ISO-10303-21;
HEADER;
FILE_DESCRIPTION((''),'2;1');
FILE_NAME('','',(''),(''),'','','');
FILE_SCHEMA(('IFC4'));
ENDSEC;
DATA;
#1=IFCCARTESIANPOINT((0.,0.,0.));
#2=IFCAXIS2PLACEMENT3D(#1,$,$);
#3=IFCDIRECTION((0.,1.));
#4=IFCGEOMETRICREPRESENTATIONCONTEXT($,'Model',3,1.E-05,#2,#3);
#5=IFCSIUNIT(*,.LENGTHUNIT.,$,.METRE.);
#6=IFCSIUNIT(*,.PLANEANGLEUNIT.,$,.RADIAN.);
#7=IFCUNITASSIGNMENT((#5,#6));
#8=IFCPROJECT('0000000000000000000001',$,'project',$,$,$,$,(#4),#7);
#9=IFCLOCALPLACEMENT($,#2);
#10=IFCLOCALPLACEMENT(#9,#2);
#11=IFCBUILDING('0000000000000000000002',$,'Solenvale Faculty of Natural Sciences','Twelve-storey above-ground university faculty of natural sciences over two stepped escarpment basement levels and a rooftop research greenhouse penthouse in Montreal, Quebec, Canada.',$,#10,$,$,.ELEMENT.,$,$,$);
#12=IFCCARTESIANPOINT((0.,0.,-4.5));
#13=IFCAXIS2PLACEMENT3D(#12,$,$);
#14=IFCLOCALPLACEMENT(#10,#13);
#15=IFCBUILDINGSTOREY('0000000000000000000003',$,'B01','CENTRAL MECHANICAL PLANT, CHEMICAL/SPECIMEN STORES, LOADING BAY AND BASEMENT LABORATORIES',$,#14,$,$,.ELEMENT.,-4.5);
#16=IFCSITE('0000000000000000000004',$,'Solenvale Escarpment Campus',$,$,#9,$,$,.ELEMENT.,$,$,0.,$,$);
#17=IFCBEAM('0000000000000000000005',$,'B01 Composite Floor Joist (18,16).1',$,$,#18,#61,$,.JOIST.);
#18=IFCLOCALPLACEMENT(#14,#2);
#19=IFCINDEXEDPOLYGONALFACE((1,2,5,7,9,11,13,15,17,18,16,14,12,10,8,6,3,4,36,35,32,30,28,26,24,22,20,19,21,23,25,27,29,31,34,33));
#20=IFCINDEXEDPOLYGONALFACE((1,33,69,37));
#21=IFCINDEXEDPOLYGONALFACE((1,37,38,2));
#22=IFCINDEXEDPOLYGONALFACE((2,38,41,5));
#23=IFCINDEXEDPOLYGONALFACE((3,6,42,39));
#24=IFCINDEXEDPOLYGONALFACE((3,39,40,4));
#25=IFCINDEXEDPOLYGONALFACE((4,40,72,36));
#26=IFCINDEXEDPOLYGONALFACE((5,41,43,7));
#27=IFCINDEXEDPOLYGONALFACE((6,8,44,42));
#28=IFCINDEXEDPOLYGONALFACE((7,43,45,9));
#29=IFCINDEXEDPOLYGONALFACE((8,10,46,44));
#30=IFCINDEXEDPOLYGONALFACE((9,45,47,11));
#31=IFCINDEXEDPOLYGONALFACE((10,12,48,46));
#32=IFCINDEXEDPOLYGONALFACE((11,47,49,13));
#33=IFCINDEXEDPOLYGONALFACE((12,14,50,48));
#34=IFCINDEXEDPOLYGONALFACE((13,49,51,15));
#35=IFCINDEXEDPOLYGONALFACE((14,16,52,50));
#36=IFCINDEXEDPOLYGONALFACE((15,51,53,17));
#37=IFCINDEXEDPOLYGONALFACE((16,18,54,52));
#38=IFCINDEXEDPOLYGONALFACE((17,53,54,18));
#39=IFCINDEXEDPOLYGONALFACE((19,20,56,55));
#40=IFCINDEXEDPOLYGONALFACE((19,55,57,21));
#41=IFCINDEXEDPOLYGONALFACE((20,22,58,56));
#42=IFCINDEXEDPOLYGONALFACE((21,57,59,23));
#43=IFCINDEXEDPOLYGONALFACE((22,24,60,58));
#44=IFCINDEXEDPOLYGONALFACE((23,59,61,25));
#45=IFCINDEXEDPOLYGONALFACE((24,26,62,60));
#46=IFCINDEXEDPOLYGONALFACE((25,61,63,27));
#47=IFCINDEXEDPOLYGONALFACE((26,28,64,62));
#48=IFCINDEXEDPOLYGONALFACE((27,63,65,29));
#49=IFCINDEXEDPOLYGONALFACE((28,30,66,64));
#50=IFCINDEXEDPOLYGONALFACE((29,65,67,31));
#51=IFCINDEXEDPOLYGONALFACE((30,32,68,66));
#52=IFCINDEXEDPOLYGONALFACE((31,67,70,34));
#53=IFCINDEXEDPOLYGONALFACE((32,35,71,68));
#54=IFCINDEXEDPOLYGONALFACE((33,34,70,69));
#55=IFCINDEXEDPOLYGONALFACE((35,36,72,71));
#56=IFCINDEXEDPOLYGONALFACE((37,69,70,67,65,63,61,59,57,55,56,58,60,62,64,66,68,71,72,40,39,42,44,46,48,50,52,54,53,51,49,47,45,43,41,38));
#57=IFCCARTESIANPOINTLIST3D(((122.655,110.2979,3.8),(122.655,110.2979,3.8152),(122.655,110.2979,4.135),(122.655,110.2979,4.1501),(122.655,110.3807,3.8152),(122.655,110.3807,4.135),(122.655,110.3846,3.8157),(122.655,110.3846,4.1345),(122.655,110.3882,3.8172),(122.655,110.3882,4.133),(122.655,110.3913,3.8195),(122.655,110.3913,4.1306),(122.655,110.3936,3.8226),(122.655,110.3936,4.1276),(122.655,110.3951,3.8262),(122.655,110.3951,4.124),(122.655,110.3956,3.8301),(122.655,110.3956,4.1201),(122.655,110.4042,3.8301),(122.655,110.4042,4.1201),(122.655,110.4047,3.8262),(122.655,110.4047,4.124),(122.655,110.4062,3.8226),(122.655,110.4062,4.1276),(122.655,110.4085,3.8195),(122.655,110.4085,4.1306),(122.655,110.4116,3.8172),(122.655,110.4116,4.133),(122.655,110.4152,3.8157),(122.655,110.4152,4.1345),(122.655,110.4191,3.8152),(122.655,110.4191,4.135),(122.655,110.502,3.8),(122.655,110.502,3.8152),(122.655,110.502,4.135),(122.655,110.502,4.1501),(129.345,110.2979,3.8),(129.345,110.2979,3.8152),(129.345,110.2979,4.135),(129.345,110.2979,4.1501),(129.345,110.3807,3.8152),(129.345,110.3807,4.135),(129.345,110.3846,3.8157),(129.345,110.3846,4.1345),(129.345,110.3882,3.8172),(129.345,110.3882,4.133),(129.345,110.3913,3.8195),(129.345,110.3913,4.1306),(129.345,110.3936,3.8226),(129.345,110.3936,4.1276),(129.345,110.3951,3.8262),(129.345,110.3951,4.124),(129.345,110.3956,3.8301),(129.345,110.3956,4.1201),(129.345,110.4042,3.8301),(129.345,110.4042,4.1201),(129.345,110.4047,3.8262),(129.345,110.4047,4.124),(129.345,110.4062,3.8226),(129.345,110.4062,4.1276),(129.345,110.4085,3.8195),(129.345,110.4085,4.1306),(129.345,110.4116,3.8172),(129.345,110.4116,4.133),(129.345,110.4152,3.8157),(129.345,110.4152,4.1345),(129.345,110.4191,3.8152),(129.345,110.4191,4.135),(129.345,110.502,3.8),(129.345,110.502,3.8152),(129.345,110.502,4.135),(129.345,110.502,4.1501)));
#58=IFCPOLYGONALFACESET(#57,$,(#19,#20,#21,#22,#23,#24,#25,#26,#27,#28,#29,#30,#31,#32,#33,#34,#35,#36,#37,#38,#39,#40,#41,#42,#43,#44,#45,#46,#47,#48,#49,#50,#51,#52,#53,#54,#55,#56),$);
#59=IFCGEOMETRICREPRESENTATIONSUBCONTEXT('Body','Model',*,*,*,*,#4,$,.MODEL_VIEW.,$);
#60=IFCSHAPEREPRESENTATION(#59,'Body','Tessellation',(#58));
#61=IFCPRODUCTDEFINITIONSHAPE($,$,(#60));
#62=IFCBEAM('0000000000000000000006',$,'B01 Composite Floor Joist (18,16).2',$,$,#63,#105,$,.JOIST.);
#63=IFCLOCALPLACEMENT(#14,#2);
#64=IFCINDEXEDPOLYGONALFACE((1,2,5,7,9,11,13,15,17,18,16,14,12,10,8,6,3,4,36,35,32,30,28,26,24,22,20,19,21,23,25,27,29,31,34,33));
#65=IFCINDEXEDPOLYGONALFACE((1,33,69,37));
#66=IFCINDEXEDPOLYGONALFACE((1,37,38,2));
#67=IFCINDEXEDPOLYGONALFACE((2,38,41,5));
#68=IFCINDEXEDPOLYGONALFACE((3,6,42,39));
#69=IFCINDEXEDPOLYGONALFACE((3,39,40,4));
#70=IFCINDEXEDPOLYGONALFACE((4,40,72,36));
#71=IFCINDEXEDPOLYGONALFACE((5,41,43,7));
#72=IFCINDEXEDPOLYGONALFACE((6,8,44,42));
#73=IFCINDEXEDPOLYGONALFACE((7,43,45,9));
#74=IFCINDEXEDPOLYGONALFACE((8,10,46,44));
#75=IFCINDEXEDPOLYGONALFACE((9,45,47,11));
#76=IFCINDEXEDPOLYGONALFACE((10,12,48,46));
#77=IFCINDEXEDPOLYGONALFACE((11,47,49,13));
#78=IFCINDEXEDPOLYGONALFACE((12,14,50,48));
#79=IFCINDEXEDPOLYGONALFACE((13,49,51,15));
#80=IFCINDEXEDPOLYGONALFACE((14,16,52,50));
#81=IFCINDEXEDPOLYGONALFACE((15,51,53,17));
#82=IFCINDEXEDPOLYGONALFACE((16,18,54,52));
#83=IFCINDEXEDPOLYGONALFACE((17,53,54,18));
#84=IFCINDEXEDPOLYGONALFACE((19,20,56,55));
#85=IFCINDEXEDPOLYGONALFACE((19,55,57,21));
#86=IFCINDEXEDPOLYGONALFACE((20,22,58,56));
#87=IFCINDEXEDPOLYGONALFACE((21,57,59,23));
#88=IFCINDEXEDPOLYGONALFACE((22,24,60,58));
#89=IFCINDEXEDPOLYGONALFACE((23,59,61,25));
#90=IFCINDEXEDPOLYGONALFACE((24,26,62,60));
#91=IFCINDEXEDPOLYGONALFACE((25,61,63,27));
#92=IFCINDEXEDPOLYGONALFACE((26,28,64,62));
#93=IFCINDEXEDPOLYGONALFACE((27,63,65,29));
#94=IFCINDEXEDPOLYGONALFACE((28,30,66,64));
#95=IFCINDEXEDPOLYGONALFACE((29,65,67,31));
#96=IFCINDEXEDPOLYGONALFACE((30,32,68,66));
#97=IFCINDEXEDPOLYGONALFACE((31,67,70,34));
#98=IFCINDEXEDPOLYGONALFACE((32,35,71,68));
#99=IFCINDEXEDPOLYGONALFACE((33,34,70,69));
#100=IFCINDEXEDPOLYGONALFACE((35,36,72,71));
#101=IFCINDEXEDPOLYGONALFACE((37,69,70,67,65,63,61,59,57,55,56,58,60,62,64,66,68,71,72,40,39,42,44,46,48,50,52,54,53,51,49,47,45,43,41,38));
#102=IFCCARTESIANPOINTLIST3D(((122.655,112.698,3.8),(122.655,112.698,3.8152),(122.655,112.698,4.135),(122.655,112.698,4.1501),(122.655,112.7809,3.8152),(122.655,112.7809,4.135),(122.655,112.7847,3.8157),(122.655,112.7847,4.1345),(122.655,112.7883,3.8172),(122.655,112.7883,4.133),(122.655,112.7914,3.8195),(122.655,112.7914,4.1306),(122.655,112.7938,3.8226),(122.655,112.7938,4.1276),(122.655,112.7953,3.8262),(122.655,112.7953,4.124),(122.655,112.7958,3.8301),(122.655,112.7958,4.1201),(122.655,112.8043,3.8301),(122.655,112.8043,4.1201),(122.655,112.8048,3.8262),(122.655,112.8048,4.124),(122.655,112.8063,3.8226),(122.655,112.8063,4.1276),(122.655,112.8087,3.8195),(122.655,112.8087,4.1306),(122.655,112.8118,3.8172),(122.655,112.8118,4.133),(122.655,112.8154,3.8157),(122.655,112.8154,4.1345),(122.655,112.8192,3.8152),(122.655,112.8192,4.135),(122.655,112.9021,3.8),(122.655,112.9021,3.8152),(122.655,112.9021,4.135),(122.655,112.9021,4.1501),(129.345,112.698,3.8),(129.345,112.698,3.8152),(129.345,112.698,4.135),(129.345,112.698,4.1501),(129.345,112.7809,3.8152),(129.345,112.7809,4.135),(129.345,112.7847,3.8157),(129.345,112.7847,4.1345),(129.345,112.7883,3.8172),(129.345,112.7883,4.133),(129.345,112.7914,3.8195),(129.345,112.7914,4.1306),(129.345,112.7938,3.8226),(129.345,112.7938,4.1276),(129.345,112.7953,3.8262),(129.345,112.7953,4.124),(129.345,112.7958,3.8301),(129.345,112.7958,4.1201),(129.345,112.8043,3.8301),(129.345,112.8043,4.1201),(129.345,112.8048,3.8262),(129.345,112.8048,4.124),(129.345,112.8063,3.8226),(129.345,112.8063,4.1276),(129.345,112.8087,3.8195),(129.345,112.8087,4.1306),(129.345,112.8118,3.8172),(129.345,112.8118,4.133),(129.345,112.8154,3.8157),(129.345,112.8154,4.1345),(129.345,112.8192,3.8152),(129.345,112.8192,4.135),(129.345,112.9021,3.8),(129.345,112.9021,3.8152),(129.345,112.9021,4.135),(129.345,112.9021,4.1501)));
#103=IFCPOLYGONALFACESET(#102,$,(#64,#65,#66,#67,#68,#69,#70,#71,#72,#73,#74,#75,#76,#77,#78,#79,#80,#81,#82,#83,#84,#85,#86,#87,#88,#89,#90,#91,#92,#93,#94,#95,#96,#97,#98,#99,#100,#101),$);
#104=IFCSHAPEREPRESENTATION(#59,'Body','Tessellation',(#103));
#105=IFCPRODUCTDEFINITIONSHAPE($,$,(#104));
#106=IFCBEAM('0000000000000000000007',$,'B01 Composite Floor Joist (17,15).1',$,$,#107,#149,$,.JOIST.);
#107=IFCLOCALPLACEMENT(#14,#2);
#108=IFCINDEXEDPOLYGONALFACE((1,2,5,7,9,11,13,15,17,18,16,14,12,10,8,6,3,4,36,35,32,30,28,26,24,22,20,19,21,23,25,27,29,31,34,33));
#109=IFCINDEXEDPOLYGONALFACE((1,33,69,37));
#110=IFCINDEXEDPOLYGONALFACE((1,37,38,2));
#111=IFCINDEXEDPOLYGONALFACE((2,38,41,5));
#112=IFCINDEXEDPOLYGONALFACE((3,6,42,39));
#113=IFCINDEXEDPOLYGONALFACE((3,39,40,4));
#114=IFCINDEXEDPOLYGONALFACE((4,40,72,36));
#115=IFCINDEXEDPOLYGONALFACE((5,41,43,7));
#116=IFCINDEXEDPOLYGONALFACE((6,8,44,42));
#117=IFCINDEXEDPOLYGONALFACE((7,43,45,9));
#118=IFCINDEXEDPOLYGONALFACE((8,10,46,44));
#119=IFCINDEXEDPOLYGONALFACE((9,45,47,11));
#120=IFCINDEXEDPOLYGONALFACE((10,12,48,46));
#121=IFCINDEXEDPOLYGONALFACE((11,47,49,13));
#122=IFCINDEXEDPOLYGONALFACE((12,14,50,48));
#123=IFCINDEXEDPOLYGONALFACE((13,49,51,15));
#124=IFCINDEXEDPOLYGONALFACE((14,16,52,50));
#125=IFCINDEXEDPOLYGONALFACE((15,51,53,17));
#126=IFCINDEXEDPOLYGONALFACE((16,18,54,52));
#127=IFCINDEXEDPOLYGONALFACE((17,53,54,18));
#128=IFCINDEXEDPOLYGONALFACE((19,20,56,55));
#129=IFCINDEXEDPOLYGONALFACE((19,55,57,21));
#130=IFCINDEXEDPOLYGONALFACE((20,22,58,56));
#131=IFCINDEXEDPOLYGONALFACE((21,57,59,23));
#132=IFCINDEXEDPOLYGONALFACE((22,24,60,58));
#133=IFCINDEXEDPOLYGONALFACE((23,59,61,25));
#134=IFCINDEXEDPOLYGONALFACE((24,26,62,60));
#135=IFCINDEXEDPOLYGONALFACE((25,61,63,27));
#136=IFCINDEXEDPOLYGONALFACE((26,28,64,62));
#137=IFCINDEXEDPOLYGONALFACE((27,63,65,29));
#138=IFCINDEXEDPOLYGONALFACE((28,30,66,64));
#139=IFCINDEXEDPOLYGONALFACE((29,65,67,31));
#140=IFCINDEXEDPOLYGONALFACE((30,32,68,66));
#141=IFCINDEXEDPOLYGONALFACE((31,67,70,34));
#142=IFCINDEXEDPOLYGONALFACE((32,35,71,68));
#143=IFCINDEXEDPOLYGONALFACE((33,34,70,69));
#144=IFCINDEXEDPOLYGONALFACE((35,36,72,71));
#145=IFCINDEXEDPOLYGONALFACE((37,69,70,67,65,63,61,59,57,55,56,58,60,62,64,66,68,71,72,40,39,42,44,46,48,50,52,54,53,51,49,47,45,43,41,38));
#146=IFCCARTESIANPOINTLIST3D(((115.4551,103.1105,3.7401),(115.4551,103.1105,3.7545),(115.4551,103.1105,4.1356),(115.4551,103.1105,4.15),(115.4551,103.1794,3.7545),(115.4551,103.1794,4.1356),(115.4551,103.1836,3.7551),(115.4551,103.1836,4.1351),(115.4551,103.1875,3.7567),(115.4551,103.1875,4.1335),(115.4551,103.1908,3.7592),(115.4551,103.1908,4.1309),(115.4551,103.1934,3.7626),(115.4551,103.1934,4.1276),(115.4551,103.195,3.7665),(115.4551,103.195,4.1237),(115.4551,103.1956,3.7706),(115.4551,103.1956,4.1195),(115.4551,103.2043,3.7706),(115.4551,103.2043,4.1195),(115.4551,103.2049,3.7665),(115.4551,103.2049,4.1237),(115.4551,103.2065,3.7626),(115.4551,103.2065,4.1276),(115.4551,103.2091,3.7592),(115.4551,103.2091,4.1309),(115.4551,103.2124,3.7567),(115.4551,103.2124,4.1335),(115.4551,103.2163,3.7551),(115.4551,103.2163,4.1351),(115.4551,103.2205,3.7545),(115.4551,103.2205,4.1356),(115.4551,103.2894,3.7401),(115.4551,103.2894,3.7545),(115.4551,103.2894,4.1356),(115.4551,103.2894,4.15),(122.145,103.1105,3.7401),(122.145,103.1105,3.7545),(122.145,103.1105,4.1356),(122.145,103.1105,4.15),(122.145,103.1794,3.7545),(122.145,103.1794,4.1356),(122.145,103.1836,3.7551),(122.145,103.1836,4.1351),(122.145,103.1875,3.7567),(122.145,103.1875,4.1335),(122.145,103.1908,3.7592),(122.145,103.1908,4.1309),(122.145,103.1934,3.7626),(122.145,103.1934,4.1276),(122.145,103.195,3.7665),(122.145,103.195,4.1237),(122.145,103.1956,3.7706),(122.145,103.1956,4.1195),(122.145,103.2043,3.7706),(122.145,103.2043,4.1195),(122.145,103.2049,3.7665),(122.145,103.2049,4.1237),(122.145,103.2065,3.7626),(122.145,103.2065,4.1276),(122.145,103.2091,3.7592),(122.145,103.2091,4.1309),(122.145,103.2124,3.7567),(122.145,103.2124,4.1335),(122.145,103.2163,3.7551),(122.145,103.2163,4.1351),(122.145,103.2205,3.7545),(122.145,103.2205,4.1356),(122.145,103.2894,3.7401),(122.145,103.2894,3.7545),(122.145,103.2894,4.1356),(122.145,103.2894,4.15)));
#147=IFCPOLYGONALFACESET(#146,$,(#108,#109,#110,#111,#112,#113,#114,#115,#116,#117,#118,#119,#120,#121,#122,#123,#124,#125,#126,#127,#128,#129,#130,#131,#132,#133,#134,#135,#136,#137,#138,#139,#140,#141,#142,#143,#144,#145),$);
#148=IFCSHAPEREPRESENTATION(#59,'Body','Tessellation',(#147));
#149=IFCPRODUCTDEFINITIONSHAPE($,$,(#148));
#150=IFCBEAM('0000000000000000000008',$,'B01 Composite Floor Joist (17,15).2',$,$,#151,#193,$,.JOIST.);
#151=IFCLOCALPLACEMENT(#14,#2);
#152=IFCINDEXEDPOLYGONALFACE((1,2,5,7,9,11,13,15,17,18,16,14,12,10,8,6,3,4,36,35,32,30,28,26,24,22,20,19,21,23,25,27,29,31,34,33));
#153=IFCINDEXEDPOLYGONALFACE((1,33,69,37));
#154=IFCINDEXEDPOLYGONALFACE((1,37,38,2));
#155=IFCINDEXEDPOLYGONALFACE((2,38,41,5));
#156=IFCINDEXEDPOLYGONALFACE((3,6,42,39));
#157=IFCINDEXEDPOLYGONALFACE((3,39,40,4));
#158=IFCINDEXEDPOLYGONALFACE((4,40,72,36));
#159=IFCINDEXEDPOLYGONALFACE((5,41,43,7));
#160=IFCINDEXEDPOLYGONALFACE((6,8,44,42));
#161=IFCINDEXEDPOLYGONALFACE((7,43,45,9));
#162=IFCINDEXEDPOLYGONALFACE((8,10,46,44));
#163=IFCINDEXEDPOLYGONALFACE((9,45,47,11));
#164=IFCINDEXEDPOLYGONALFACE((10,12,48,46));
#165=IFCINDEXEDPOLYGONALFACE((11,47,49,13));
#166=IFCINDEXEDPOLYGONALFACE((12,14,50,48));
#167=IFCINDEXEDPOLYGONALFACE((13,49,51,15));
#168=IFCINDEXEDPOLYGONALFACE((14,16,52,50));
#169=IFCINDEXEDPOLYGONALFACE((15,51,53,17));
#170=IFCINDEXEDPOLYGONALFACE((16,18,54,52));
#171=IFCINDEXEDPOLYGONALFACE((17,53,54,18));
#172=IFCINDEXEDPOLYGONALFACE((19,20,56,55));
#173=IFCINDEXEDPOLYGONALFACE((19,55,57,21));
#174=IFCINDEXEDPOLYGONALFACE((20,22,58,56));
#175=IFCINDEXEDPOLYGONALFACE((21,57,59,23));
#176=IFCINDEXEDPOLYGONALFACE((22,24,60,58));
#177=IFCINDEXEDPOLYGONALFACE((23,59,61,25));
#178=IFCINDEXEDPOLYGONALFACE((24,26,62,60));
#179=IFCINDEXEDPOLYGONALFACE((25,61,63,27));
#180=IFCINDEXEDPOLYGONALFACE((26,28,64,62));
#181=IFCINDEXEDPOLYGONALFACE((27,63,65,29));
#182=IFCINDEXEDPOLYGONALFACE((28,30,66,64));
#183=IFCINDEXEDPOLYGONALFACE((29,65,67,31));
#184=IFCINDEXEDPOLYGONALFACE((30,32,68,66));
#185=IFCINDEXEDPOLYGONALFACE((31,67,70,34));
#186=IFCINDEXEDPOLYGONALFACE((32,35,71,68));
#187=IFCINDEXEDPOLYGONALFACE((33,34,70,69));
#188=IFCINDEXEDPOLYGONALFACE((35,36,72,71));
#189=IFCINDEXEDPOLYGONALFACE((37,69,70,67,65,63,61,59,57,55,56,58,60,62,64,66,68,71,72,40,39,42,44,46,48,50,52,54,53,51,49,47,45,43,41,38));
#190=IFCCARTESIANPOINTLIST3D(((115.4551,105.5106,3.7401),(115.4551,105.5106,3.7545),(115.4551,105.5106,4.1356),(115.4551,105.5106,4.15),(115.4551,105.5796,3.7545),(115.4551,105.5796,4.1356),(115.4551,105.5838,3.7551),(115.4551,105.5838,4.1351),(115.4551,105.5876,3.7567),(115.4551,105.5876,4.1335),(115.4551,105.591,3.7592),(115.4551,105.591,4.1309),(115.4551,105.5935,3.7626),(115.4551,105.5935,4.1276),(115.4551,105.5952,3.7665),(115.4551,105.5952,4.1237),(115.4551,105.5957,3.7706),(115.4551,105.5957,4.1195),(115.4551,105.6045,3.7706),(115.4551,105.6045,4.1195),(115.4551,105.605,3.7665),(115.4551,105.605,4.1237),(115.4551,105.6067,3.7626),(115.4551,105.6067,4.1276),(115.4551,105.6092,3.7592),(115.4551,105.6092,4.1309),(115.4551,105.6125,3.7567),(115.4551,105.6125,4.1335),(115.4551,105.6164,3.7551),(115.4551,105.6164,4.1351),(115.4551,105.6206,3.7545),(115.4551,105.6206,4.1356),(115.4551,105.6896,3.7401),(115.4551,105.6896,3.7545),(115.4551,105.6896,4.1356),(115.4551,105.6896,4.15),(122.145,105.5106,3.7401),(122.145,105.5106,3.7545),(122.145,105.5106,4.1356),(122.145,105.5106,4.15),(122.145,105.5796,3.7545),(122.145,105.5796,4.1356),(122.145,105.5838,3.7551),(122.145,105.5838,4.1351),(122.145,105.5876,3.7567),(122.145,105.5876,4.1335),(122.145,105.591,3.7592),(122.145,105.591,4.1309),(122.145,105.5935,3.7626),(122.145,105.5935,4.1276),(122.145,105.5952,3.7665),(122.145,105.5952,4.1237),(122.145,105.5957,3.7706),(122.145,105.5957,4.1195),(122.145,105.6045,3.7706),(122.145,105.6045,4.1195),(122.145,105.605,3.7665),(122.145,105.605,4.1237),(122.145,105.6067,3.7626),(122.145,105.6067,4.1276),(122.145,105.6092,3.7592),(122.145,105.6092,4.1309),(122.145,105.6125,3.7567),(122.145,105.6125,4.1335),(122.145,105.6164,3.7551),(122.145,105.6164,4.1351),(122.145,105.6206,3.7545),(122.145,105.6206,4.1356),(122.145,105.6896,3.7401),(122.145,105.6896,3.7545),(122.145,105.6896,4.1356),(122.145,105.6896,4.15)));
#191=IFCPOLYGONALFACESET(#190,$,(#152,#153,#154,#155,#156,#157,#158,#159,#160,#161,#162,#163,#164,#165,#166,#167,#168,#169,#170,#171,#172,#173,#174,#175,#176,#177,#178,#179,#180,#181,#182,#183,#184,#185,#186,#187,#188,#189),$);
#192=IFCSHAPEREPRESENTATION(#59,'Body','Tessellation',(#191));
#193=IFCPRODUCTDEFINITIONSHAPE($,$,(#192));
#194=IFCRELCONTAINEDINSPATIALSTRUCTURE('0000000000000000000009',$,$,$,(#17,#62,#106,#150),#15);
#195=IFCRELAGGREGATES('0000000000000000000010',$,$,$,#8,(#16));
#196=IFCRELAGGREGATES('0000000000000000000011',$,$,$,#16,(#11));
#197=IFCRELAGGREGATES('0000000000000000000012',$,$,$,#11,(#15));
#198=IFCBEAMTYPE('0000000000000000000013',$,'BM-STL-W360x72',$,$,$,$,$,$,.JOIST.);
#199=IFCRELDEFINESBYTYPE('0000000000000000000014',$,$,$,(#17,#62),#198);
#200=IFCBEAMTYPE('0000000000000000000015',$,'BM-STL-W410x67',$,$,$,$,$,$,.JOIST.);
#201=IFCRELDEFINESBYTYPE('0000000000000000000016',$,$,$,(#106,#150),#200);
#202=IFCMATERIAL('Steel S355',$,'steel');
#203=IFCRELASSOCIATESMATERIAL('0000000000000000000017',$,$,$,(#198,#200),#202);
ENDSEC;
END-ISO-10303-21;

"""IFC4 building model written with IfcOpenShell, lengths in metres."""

from ifc_helpers import new_model, si_unit, direction, frame, origin, origin_2d, place, context, subcontext, project, spatial, i_section, extrude, material, material_profile, profile_set, type_object, element, save


model = new_model("IFC4")

# Units and contexts
model_context = context("Model", 3, precision=1e-05, world=origin(), true_north=direction((0.0, 1.0)))
body_context = subcontext(model_context, "Body", "Model", "MODEL_VIEW")
ifc_project = project(units=[si_unit("LENGTHUNIT", "METRE"), si_unit("PLANEANGLEUNIT", "RADIAN")], contexts=[model_context])

# Site, building, storey
site_placement = place(None, origin())
site = spatial("IfcSite", under=ifc_project, at=site_placement, Name="Solenvale Escarpment Campus", CompositionType="ELEMENT", RefElevation=0.0)
building_placement = place(site_placement, origin())
building = spatial("IfcBuilding", under=site, at=building_placement, Name="Solenvale Faculty of Natural Sciences", Description="Twelve-storey above-ground university faculty of natural sciences over two stepped escarpment basement levels and a rooftop research greenhouse penthouse in Montreal, Quebec, Canada.", CompositionType="ELEMENT")
storey_placement = place(building_placement, frame((0.0, 0.0, -4.5)))
storey = spatial("IfcBuildingStorey", under=building, at=storey_placement, Name="B01", Description="CENTRAL MECHANICAL PLANT, CHEMICAL/SPECIMEN STORES, LOADING BAY AND BASEMENT LABORATORIES", CompositionType="ELEMENT", Elevation=-4.5)

# Beams
ifc_material_1 = material(Name="Steel S355", Category="steel")
ifc_material_profile_1 = material_profile(ifc_material_1, i_section(OverallWidth=0.2041, OverallDepth=0.3501, WebThickness=0.0085, FlangeThickness=0.0151, FilletRadius=0.0149, at=origin_2d()), Name="W360x72")
ifc_profile_set_1 = profile_set([ifc_material_profile_1], Name="Steel S355")
beam_type_1 = type_object("IfcBeamType", Name="BM-STL-W360x72", PredefinedType="JOIST", material=ifc_profile_set_1)
for number, where, z_axis, x_axis, name in (
    (1, (122.655, 110.3999, 3.9751), (1.0, 0.0, 0.0), (0.0, 1.0, 0.0), "B01 Composite Floor Joist (18,16).1"),
    (2, (122.655, 112.8, 3.9751), (1.0, 0.0, 0.0), (0.0, 1.0, 0.0), "B01 Composite Floor Joist (18,16).2"),
):
    element("IfcBeam", number, at=place(storey_placement, frame(where, z_axis=z_axis, x_axis=x_axis)), inside=storey, type_object=beam_type_1, Name=name, PredefinedType="JOIST", context=body_context, shape_type="SweptSolid", body=[
        extrude(i_section(OverallWidth=0.2041, OverallDepth=0.3501, WebThickness=0.0085, FlangeThickness=0.0151, FilletRadius=0.0149, at=origin_2d()), origin(), (0.0, 0.0, 1.0), 6.6899),
    ])
ifc_material_profile_2 = material_profile(ifc_material_1, i_section(OverallWidth=0.179, OverallDepth=0.4099, WebThickness=0.0088, FlangeThickness=0.0144, FilletRadius=0.0161, at=origin_2d()), Name="W410x67")
ifc_profile_set_2 = profile_set([ifc_material_profile_2], Name="Steel S355")
beam_type_2 = type_object("IfcBeamType", Name="BM-STL-W410x67", PredefinedType="JOIST", material=ifc_profile_set_2)
for number, where, z_axis, x_axis, name in (
    (3, (115.4551, 103.2, 3.9451), (1.0, 0.0, 0.0), (0.0, 1.0, 0.0), "B01 Composite Floor Joist (17,15).1"),
    (4, (115.4551, 105.6001, 3.9451), (1.0, 0.0, 0.0), (0.0, 1.0, 0.0), "B01 Composite Floor Joist (17,15).2"),
):
    element("IfcBeam", number, at=place(storey_placement, frame(where, z_axis=z_axis, x_axis=x_axis)), inside=storey, type_object=beam_type_2, Name=name, PredefinedType="JOIST", context=body_context, shape_type="SweptSolid", body=[
        extrude(i_section(OverallWidth=0.179, OverallDepth=0.4099, WebThickness=0.0088, FlangeThickness=0.0144, FilletRadius=0.0161, at=origin_2d()), origin(), (0.0, 0.0, 1.0), 6.6899),
    ])

save(model, "model.ifc")
